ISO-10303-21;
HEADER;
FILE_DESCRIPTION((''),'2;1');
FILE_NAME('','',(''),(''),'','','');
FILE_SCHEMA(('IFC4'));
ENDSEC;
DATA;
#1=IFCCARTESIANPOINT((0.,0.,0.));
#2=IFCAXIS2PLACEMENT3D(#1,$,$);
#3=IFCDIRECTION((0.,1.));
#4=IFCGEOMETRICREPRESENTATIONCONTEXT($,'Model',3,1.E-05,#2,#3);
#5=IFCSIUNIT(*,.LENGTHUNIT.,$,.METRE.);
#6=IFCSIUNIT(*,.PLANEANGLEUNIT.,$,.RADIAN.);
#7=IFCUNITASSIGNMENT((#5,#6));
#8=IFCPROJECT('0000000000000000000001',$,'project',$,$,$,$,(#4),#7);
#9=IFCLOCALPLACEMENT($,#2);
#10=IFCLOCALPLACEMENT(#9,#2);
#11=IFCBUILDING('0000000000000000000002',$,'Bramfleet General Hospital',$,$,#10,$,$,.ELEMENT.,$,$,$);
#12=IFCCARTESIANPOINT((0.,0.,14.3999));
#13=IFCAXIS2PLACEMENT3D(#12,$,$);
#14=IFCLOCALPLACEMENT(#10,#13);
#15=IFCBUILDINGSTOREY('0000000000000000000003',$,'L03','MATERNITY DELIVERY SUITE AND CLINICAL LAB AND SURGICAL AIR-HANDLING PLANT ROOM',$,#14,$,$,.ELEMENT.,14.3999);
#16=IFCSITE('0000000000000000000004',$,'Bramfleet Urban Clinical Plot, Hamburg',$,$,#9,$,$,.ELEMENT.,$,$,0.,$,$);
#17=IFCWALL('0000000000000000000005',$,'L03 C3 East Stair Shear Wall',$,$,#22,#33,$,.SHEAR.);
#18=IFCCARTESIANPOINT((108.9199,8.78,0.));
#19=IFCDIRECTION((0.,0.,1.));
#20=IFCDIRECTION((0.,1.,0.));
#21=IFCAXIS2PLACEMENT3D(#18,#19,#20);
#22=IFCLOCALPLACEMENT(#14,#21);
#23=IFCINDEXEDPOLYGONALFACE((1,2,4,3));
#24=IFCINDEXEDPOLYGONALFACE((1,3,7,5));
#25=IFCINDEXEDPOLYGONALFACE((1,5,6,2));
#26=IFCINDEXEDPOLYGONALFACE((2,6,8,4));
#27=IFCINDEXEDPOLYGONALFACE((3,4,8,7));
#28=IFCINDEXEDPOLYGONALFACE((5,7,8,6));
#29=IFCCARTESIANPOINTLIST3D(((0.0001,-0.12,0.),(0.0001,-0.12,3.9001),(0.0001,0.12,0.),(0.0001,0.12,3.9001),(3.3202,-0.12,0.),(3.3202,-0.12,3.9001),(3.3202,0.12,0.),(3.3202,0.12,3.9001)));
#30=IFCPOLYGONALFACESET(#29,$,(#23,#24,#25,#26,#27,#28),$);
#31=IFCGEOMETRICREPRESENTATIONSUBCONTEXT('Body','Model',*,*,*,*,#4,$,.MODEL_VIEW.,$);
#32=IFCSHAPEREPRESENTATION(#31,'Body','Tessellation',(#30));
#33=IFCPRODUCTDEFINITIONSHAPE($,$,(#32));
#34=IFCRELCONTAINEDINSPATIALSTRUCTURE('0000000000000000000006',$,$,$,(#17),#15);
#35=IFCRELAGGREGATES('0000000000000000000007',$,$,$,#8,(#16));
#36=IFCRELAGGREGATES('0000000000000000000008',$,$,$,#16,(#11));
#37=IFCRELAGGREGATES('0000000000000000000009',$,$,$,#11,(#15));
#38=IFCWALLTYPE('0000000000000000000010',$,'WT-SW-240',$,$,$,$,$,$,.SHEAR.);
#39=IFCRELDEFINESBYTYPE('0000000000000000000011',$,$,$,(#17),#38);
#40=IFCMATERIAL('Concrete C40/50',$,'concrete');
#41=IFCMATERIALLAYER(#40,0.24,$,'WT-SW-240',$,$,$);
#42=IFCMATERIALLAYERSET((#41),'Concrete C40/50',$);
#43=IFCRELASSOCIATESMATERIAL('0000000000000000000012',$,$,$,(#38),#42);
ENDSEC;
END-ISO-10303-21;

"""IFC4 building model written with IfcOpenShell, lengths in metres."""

from ifc_helpers import new_model, si_unit, direction, frame, frame_2d, origin, place, context, subcontext, project, spatial, rectangle, extrude, material, layer, layer_set, type_object, element, save


model = new_model("IFC4")

# Units and contexts
model_context = context("Model", 3, precision=1e-05, world=origin(), true_north=direction((0.0, 1.0)))
body_context = subcontext(model_context, "Body", "Model", "MODEL_VIEW")
ifc_project = project(units=[si_unit("LENGTHUNIT", "METRE"), si_unit("PLANEANGLEUNIT", "RADIAN")], contexts=[model_context])

# Site, building, storey
site_placement = place(None, origin())
site = spatial("IfcSite", under=ifc_project, at=site_placement, Name="Bramfleet Urban Clinical Plot, Hamburg", CompositionType="ELEMENT", RefElevation=0.0)
building_placement = place(site_placement, origin())
building = spatial("IfcBuilding", under=site, at=building_placement, Name="Bramfleet General Hospital", CompositionType="ELEMENT")
storey_placement = place(building_placement, frame((0.0, 0.0, 14.3999)))
storey = spatial("IfcBuildingStorey", under=building, at=storey_placement, Name="L03", Description="MATERNITY DELIVERY SUITE AND CLINICAL LAB AND SURGICAL AIR-HANDLING PLANT ROOM", CompositionType="ELEMENT", Elevation=14.3999)

# Shared definitions
ifc_material_1 = material(Name="Concrete C40/50", Category="concrete")

# Wall
ifc_layer_1 = layer(ifc_material_1, 0.24, Name="WT-SW-240")
ifc_layer_set_1 = layer_set([ifc_layer_1], Name="Concrete C40/50")
wall_type_1 = type_object("IfcWallType", Name="WT-SW-240", PredefinedType="SHEAR", material=ifc_layer_set_1)
wall_1_placement = place(storey_placement, frame((108.9199, 8.78, 0.0), z_axis=(0.0, 0.0, 1.0), x_axis=(0.0, 1.0, 0.0)))
element("IfcWall", 1, at=wall_1_placement, inside=storey, type_object=wall_type_1, Name="L03 C3 East Stair Shear Wall", PredefinedType="SHEAR", context=body_context, shape_type="SweptSolid", body=[
    extrude(rectangle(XDim=3.3201, YDim=0.24, at=frame_2d((1.6602, 0.0))), origin(), (0.0, 0.0, 1.0), 3.9001),
])

save(model, "model.ifc")
